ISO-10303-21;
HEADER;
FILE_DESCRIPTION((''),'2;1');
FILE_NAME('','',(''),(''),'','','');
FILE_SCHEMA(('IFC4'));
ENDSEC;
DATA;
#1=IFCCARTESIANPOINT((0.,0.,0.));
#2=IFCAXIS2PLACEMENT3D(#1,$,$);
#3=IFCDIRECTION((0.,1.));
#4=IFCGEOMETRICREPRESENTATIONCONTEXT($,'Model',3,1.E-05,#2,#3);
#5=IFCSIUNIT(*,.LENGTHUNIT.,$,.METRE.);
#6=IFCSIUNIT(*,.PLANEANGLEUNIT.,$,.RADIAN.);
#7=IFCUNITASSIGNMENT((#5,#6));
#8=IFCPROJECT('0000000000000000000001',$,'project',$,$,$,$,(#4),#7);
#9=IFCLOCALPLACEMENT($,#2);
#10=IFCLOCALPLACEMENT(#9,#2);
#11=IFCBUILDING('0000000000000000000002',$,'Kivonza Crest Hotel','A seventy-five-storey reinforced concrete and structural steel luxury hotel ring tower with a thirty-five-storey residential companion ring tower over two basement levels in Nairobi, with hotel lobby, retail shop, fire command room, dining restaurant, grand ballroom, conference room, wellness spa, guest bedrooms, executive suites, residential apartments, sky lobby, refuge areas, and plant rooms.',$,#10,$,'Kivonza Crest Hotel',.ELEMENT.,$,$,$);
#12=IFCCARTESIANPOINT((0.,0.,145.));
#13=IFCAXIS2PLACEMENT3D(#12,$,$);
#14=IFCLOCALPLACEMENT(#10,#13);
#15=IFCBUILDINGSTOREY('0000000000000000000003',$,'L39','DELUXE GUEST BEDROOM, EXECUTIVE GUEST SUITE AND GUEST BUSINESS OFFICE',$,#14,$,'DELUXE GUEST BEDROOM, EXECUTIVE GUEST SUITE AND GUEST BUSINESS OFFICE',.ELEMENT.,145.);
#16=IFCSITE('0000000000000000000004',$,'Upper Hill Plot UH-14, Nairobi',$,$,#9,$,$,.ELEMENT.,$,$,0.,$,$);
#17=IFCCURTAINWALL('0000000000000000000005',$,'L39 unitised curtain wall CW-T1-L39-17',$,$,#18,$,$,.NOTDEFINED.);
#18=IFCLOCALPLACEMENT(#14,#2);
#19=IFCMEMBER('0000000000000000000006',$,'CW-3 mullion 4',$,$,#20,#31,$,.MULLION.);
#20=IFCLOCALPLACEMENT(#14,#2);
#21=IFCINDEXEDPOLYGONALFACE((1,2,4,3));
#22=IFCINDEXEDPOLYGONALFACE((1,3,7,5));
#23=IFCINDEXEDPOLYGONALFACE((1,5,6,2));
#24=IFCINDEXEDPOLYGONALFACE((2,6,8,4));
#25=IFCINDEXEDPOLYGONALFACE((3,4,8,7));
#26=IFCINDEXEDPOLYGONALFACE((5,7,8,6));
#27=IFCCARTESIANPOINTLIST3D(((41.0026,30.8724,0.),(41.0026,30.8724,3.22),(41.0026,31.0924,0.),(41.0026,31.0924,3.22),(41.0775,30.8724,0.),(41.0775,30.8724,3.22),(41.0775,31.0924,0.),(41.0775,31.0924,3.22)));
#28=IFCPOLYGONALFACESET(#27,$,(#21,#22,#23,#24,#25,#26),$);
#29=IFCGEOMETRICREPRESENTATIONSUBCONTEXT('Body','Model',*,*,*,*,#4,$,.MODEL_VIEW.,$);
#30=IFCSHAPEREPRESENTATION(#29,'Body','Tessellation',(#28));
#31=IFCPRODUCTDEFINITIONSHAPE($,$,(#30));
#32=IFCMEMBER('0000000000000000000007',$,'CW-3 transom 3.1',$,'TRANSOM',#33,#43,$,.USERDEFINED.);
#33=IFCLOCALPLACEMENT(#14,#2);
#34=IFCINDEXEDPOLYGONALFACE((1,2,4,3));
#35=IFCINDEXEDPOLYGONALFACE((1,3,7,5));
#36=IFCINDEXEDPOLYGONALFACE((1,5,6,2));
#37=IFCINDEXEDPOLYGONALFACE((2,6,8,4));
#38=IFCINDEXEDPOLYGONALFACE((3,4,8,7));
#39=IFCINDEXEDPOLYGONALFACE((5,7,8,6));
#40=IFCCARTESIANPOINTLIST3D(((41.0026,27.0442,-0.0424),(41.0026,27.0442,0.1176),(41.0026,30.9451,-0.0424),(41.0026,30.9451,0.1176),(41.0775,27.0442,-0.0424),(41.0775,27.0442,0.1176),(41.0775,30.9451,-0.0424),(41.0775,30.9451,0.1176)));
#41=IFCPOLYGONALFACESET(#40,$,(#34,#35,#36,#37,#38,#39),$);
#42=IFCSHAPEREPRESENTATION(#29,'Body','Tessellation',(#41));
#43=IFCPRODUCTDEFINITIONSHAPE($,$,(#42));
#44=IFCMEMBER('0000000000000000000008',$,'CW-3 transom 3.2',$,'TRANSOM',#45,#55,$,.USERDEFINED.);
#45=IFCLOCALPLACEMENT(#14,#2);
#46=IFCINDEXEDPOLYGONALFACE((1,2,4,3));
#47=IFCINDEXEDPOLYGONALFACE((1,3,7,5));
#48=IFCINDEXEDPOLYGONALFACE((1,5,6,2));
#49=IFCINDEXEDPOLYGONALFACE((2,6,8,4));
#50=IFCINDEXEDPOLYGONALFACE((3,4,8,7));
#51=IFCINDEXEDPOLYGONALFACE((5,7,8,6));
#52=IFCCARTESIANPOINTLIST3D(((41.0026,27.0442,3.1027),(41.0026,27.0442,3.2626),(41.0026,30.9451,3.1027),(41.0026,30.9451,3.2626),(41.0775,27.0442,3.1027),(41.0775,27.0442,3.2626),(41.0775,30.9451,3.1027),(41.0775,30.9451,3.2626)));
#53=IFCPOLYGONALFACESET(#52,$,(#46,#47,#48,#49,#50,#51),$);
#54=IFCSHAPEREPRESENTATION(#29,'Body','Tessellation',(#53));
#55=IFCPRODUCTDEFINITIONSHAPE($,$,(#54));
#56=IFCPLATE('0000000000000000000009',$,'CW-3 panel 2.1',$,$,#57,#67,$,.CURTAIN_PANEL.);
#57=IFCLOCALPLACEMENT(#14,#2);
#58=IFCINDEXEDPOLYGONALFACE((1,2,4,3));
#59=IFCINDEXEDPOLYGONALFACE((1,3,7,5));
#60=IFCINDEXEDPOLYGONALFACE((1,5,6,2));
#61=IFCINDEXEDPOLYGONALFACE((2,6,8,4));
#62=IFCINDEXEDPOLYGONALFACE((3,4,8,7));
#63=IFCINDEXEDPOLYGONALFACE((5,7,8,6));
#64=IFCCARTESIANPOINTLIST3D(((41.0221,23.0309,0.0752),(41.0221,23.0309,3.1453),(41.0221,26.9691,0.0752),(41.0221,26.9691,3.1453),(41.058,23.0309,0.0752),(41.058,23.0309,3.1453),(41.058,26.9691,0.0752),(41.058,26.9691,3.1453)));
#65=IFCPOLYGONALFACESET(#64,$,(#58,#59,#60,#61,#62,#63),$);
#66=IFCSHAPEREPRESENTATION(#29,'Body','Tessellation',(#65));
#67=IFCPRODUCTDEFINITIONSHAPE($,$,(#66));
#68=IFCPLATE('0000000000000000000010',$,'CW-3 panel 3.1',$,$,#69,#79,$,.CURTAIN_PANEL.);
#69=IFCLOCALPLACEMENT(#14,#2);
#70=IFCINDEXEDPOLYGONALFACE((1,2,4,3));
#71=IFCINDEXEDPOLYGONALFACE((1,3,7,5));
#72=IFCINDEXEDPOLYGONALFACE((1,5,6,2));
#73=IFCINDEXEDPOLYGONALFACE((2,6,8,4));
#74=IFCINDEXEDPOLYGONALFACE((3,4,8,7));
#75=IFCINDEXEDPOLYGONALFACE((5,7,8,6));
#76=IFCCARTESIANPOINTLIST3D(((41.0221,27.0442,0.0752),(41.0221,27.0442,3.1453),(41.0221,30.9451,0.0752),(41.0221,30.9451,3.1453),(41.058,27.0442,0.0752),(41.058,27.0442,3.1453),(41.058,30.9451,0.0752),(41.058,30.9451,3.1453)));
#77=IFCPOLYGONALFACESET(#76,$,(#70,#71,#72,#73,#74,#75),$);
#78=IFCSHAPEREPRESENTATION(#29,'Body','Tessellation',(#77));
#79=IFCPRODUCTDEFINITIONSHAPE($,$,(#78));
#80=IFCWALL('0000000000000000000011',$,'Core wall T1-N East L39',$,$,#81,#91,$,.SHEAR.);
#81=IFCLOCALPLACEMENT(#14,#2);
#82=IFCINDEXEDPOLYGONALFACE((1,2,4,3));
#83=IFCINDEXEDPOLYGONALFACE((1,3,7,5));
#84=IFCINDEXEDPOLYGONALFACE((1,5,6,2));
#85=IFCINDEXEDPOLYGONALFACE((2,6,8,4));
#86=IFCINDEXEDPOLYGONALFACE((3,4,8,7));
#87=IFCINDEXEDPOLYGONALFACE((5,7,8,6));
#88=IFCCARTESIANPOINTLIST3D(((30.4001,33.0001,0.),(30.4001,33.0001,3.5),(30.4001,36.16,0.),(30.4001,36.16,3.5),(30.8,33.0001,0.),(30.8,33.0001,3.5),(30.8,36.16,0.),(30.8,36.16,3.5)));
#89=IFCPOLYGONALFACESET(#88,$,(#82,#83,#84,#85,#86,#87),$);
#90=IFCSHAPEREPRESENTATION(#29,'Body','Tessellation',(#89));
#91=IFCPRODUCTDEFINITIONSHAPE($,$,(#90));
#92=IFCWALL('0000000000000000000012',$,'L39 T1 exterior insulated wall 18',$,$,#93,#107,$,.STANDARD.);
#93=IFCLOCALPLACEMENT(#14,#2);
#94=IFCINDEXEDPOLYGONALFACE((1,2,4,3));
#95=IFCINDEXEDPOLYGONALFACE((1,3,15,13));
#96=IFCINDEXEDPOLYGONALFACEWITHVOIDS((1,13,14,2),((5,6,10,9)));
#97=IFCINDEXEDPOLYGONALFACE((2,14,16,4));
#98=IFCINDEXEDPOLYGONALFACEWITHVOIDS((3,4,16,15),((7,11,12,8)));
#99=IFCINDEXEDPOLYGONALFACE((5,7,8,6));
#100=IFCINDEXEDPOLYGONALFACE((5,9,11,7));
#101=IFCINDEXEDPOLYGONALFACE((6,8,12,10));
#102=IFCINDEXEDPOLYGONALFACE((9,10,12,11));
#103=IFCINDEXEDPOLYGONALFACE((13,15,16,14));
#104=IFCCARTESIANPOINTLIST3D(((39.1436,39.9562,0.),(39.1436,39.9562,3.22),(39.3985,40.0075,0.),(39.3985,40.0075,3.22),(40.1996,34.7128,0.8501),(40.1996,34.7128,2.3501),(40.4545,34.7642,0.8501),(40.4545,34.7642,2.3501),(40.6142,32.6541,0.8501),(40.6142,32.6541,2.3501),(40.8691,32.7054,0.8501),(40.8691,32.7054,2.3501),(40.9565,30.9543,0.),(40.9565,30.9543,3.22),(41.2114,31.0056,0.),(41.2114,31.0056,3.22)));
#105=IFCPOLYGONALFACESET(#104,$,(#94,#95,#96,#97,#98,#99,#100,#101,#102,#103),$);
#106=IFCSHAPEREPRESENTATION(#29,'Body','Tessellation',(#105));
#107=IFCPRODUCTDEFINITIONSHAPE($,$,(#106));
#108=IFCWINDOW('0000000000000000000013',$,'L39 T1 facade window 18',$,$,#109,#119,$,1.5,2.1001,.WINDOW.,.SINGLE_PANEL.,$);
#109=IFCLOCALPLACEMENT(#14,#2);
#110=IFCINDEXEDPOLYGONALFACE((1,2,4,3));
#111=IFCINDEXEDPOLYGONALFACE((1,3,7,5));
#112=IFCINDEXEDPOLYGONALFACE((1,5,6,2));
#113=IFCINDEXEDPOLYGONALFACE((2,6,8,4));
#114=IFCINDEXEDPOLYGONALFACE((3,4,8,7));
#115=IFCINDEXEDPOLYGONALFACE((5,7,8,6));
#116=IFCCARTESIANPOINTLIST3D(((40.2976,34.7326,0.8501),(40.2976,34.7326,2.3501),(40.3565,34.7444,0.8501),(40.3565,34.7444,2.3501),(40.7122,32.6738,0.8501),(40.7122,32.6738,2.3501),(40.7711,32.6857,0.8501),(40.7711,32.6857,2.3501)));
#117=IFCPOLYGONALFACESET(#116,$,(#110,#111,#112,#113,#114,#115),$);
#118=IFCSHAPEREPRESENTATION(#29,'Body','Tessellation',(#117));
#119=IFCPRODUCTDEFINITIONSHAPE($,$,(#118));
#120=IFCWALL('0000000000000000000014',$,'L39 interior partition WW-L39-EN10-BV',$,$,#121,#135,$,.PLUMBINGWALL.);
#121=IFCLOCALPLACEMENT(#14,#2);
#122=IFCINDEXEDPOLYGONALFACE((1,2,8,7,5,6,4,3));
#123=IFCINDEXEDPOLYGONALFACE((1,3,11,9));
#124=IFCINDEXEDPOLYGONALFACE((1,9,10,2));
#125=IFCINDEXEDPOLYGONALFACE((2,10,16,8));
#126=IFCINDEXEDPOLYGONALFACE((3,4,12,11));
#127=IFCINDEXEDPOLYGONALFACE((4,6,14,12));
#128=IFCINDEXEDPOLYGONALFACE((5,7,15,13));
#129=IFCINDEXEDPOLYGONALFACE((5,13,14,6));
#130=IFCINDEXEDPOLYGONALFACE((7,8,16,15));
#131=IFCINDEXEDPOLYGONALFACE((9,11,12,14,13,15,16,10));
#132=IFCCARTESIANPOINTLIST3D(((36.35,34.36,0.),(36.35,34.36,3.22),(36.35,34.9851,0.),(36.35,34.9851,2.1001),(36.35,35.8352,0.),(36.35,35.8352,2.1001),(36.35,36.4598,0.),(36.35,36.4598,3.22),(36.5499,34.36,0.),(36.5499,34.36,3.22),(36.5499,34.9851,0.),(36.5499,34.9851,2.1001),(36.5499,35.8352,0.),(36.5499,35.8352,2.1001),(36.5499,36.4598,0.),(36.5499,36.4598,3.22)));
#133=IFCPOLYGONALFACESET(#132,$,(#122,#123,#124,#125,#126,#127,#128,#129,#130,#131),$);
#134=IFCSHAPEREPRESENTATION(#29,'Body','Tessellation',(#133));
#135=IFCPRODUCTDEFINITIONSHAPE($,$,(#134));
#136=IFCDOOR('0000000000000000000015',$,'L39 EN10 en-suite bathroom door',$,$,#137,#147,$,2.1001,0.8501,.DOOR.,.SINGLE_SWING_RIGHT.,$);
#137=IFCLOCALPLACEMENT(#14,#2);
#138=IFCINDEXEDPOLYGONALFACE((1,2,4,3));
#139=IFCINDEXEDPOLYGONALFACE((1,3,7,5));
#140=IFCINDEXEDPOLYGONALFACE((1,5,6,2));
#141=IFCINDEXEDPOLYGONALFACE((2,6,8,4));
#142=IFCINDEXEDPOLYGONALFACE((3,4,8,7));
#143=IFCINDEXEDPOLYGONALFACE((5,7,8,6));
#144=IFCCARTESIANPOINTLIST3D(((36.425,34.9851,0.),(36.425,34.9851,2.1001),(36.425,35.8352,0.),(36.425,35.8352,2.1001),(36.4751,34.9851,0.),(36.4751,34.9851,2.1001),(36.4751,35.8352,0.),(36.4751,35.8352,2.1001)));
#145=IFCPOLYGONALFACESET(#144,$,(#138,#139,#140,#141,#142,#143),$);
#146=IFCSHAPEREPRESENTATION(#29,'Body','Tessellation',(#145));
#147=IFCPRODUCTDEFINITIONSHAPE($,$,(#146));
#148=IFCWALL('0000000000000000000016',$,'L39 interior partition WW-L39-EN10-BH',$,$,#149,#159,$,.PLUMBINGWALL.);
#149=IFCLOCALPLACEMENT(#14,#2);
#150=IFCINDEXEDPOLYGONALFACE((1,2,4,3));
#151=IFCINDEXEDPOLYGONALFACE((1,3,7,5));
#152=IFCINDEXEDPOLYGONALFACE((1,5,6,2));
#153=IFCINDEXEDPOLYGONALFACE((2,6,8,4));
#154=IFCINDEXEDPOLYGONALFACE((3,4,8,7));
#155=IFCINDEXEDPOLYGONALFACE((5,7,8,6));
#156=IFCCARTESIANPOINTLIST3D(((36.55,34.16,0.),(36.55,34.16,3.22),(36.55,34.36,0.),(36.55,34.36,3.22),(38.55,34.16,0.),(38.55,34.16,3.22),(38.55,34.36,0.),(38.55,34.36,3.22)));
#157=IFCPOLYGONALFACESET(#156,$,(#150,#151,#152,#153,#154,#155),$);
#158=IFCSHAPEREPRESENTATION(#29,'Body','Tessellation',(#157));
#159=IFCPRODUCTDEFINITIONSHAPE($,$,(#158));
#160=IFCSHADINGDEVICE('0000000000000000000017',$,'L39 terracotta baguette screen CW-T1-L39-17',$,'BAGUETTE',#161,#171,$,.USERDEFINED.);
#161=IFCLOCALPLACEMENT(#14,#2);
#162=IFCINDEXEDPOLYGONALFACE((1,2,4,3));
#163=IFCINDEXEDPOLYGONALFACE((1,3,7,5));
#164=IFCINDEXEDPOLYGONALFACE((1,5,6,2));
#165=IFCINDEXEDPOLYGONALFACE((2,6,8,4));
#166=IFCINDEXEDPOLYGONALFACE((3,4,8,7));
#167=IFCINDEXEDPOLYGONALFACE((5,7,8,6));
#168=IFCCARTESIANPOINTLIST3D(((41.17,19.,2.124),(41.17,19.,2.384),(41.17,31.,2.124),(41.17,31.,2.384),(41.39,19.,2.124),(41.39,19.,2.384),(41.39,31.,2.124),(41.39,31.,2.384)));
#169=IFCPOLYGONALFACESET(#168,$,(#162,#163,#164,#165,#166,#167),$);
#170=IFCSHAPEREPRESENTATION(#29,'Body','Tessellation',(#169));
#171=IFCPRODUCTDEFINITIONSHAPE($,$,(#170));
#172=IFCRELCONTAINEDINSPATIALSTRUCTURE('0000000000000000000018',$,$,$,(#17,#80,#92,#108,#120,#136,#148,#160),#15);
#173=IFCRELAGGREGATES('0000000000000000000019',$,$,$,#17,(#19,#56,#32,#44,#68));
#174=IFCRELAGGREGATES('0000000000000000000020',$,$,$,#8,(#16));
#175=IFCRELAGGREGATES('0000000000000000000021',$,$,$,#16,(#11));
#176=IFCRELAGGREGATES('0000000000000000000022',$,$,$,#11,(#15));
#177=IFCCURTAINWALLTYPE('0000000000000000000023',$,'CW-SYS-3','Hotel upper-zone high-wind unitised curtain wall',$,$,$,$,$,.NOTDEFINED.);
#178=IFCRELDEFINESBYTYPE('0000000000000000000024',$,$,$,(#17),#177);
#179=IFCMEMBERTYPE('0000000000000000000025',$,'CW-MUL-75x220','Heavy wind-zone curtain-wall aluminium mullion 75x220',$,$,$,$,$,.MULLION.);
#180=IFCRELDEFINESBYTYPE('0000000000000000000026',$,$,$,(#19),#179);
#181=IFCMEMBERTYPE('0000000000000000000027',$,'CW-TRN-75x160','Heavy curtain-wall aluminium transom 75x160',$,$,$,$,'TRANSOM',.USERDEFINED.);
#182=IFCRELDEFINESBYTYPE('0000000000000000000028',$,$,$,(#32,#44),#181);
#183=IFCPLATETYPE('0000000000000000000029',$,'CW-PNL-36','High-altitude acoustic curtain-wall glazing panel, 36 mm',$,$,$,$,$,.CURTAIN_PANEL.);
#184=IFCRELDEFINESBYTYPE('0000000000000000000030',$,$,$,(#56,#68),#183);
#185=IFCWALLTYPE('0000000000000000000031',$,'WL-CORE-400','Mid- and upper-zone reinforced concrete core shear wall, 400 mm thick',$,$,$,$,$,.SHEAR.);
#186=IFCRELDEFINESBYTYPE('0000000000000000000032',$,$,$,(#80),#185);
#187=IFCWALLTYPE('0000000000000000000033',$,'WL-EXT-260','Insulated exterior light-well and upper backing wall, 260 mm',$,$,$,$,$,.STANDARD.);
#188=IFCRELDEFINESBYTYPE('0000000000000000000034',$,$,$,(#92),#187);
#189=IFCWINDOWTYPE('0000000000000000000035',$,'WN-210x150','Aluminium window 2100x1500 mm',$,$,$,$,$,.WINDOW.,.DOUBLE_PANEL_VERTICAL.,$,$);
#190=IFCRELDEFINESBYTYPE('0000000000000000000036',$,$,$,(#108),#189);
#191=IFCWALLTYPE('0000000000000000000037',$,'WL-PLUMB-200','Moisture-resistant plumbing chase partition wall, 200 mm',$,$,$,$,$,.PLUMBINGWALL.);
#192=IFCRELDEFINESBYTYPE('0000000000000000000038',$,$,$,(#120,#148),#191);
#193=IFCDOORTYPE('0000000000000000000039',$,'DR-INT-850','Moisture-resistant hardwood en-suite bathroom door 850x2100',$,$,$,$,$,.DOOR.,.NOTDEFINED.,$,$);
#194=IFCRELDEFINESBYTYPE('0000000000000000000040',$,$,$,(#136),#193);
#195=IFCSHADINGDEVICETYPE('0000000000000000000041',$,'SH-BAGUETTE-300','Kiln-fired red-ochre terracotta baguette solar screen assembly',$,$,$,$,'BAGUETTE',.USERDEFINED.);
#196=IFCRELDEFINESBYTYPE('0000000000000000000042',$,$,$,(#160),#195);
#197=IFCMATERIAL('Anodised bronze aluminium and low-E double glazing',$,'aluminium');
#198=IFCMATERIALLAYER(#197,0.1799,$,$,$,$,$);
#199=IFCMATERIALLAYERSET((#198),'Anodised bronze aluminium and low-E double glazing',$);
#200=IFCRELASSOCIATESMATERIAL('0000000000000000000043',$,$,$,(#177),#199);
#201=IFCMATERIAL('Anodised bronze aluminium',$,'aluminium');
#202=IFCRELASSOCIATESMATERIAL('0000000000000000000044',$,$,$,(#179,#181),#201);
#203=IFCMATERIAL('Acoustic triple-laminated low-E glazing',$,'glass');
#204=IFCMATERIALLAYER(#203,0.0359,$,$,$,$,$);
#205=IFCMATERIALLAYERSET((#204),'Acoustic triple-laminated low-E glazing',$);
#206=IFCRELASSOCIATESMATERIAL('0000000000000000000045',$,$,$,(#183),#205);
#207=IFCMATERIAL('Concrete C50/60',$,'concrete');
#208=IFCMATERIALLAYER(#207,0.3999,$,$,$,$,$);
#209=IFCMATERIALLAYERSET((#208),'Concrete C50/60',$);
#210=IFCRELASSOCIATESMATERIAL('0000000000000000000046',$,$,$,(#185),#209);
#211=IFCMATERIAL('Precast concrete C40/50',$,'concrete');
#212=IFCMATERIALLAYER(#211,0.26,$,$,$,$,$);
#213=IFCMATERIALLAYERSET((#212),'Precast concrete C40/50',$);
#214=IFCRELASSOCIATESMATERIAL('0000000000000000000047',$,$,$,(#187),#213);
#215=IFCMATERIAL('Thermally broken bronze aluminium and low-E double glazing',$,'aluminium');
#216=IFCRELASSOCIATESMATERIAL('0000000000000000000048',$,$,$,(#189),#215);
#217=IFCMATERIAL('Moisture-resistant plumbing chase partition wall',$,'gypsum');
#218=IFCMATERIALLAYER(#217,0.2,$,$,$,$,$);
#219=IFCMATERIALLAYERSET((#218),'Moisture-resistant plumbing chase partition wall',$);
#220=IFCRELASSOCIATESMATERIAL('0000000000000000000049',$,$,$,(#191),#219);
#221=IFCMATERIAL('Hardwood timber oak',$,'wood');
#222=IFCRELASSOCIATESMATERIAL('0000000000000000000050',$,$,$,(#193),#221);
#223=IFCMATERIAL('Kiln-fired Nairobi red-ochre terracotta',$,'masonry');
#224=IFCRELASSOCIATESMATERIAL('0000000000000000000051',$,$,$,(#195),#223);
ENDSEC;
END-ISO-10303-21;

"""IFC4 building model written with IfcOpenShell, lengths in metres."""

from ifc_helpers import new_model, si_unit, direction, frame, frame_2d, origin, origin_2d, place, context, subcontext, project, spatial, rectangle, extrude, material, layer, layer_set, material_profile, profile_set, type_object, element, fill, aggregate, save


model = new_model("IFC4")

# Units and contexts
model_context = context("Model", 3, precision=1e-05, world=origin(), true_north=direction((0.0, 1.0)))
body_context = subcontext(model_context, "Body", "Model", "MODEL_VIEW")
ifc_project = project(units=[si_unit("LENGTHUNIT", "METRE"), si_unit("PLANEANGLEUNIT", "RADIAN")], contexts=[model_context])

# Site, building, storey
site_placement = place(None, origin())
site = spatial("IfcSite", under=ifc_project, at=site_placement, Name="Upper Hill Plot UH-14, Nairobi", CompositionType="ELEMENT", RefElevation=0.0)
building_placement = place(site_placement, origin())
building = spatial("IfcBuilding", under=site, at=building_placement, Name="Kivonza Crest Hotel", Description="A seventy-five-storey reinforced concrete and structural steel luxury hotel ring tower with a thirty-five-storey residential companion ring tower over two basement levels in Nairobi, with hotel lobby, retail shop, fire command room, dining restaurant, grand ballroom, conference room, wellness spa, guest bedrooms, executive suites, residential apartments, sky lobby, refuge areas, and plant rooms.", LongName="Kivonza Crest Hotel", CompositionType="ELEMENT")
storey_placement = place(building_placement, frame((0.0, 0.0, 145.0)))
storey = spatial("IfcBuildingStorey", under=building, at=storey_placement, Name="L39", Description="DELUXE GUEST BEDROOM, EXECUTIVE GUEST SUITE AND GUEST BUSINESS OFFICE", LongName="DELUXE GUEST BEDROOM, EXECUTIVE GUEST SUITE AND GUEST BUSINESS OFFICE", CompositionType="ELEMENT", Elevation=145.0)

# Shared definitions
ifc_material_1 = material(Name="Concrete C50/60", Category="concrete")

# Curtain wall, members, plates
ifc_material_2 = material(Name="Anodised bronze aluminium and low-E double glazing", Category="aluminium")
ifc_layer_1 = layer(ifc_material_2, 0.1799)
ifc_layer_set_1 = layer_set([ifc_layer_1], Name="Anodised bronze aluminium and low-E double glazing")
curtain_wall_type = type_object("IfcCurtainWallType", Name="CW-SYS-3", Description="Hotel upper-zone high-wind unitised curtain wall", PredefinedType="NOTDEFINED", material=ifc_layer_set_1)
curtain_wall_placement = place(storey_placement, origin())
curtain_wall = element("IfcCurtainWall", 1, at=curtain_wall_placement, inside=storey, type_object=curtain_wall_type, Name="L39 unitised curtain wall CW-T1-L39-17", PredefinedType="NOTDEFINED")
ifc_material_3 = material(Name="Anodised bronze aluminium", Category="aluminium")
ifc_material_profile_1 = material_profile(ifc_material_3, rectangle(XDim=0.075, YDim=0.22, at=origin_2d()), Name="CW-M 75x220")
ifc_profile_set_1 = profile_set([ifc_material_profile_1], Name="Anodised bronze aluminium")
member_type_1 = type_object("IfcMemberType", Name="CW-MUL-75x220", Description="Heavy wind-zone curtain-wall aluminium mullion 75x220", PredefinedType="MULLION", material=ifc_profile_set_1)
member_1_placement = place(storey_placement, frame((41.04, 30.9824, 0.0), z_axis=(0.0, 0.0, 1.0), x_axis=(-1.0, 0.0, 0.0)))
member_1 = element("IfcMember", 2, at=member_1_placement, type_object=member_type_1, Name="CW-3 mullion 4", PredefinedType="MULLION", context=body_context, shape_type="SweptSolid", body=[
    extrude(rectangle(XDim=0.075, YDim=0.22, at=origin_2d()), origin(), (0.0, 0.0, 1.0), 3.22),
])
ifc_material_profile_2 = material_profile(ifc_material_3, rectangle(XDim=0.075, YDim=0.1599, at=origin_2d()), Name="CW-T 75x160")
ifc_profile_set_2 = profile_set([ifc_material_profile_2], Name="Anodised bronze aluminium")
member_type_2 = type_object("IfcMemberType", Name="CW-TRN-75x160", Description="Heavy curtain-wall aluminium transom 75x160", ElementType="TRANSOM", PredefinedType="USERDEFINED", material=ifc_profile_set_2)
member_2_placement = place(storey_placement, frame((41.04, 27.0442, 0.0376), z_axis=(0.0, 1.0, 0.0), x_axis=(-1.0, 0.0, 0.0)))
member_2 = element("IfcMember", 3, at=member_2_placement, type_object=member_type_2, Name="CW-3 transom 3.1", ObjectType="TRANSOM", PredefinedType="USERDEFINED", context=body_context, shape_type="SweptSolid", body=[
    extrude(rectangle(XDim=0.075, YDim=0.1599, at=origin_2d()), origin(), (0.0, 0.0, 1.0), 3.9009),
])
member_3_placement = place(storey_placement, frame((41.04, 27.0442, 3.1826), z_axis=(0.0, 1.0, 0.0), x_axis=(-1.0, 0.0, 0.0)))
member_3 = element("IfcMember", 4, at=member_3_placement, type_object=member_type_2, Name="CW-3 transom 3.2", ObjectType="TRANSOM", PredefinedType="USERDEFINED", context=body_context, shape_type="SweptSolid", body=[
    extrude(rectangle(XDim=0.075, YDim=0.1599, at=origin_2d()), origin(), (0.0, 0.0, 1.0), 3.9009),
])
ifc_material_4 = material(Name="Acoustic triple-laminated low-E glazing", Category="glass")
ifc_layer_2 = layer(ifc_material_4, 0.0359)
ifc_layer_set_2 = layer_set([ifc_layer_2], Name="Acoustic triple-laminated low-E glazing")
plate_type = type_object("IfcPlateType", Name="CW-PNL-36", Description="High-altitude acoustic curtain-wall glazing panel, 36 mm", PredefinedType="CURTAIN_PANEL", material=ifc_layer_set_2)
plate_1_placement = place(storey_placement, frame((41.04, 25.0, 0.0752), z_axis=(0.0, 0.0, 1.0), x_axis=(0.0, 1.0, 0.0)))
plate_1 = element("IfcPlate", 5, at=plate_1_placement, type_object=plate_type, Name="CW-3 panel 2.1", PredefinedType="CURTAIN_PANEL", context=body_context, shape_type="SweptSolid", body=[
    extrude(rectangle(XDim=3.9382, YDim=0.0359, at=origin_2d()), origin(), (0.0, 0.0, 1.0), 3.0701),
])
plate_2_placement = place(storey_placement, frame((41.04, 28.9946, 0.0752), z_axis=(0.0, 0.0, 1.0), x_axis=(0.0, 1.0, 0.0)))
plate_2 = element("IfcPlate", 6, at=plate_2_placement, type_object=plate_type, Name="CW-3 panel 3.1", PredefinedType="CURTAIN_PANEL", context=body_context, shape_type="SweptSolid", body=[
    extrude(rectangle(XDim=3.9009, YDim=0.0359, at=origin_2d()), origin(), (0.0, 0.0, 1.0), 3.0701),
])
aggregate(curtain_wall, [member_1, plate_1, member_2, member_3, plate_2])

# Wall
ifc_layer_3 = layer(ifc_material_1, 0.3999)
ifc_layer_set_3 = layer_set([ifc_layer_3], Name="Concrete C50/60")
wall_type_1 = type_object("IfcWallType", Name="WL-CORE-400", Description="Mid- and upper-zone reinforced concrete core shear wall, 400 mm thick", PredefinedType="SHEAR", material=ifc_layer_set_3)
wall_1_placement = place(storey_placement, frame((30.6001, 33.0, 0.0), z_axis=(0.0, 0.0, 1.0), x_axis=(0.0, 1.0, 0.0)))
element("IfcWall", 7, at=wall_1_placement, inside=storey, type_object=wall_type_1, Name="Core wall T1-N East L39", PredefinedType="SHEAR", context=body_context, shape_type="SweptSolid", body=[
    extrude(rectangle(XDim=3.1599, YDim=0.3999, at=frame_2d((1.5801, 0.0))), origin(), (0.0, 0.0, 1.0), 3.5),
])

# Wall, opening, window
ifc_material_5 = material(Name="Precast concrete C40/50", Category="concrete")
ifc_layer_4 = layer(ifc_material_5, 0.26)
ifc_layer_set_4 = layer_set([ifc_layer_4], Name="Precast concrete C40/50")
wall_type_2 = type_object("IfcWallType", Name="WL-EXT-260", Description="Insulated exterior light-well and upper backing wall, 260 mm", PredefinedType="STANDARD", material=ifc_layer_set_4)
wall_2_placement = place(storey_placement, frame((41.084, 30.98, 0.0), z_axis=(0.0, 0.0, 1.0), x_axis=(-0.197435, 0.980316, 0.0)))
wall_2 = element("IfcWall", 8, at=wall_2_placement, inside=storey, type_object=wall_type_2, Name="L39 T1 exterior insulated wall 18", PredefinedType="STANDARD", context=body_context, shape_type="SweptSolid", body=[
    extrude(rectangle(XDim=9.1826, YDim=0.26, at=frame_2d((4.5913, 0.0))), origin(), (0.0, 0.0, 1.0), 3.22),
])
opening_1_placement = place(wall_2_placement, frame((1.7339, 0.0, 0.8501)))
opening_1 = element("IfcOpeningElement", 9, at=opening_1_placement, cuts=wall_2, PredefinedType="OPENING", context=body_context, shape_type="SweptSolid", body=[
    extrude(rectangle(XDim=2.1001, YDim=1.5, at=frame_2d((1.05, 0.75))), frame((0.0, 0.1401, 0.0), z_axis=(0.0, -1.0, 0.0), x_axis=(1.0, 0.0, 0.0)), (0.0, 0.0, 1.0), 0.28),
])
ifc_material_6 = material(Name="Thermally broken bronze aluminium and low-E double glazing", Category="aluminium")
window_type = type_object("IfcWindowType", Name="WN-210x150", Description="Aluminium window 2100x1500 mm", PartitioningType="DOUBLE_PANEL_VERTICAL", PredefinedType="WINDOW", material=ifc_material_6)
window_placement = place(opening_1_placement, origin())
window = element("IfcWindow", 10, at=window_placement, inside=storey, type_object=window_type, Name="L39 T1 facade window 18", OverallHeight=1.5, OverallWidth=2.1001, PartitioningType="SINGLE_PANEL", PredefinedType="WINDOW", context=body_context, shape_type="SweptSolid", body=[
    extrude(rectangle(XDim=2.1001, YDim=1.5, at=frame_2d((1.05, 0.75))), frame((0.0, 0.03, 0.0), z_axis=(0.0, -1.0, 0.0), x_axis=(1.0, 0.0, 0.0)), (0.0, 0.0, 1.0), 0.0601),
])
fill(opening_1, window)

# Wall, opening, door
ifc_material_7 = material(Name="Moisture-resistant plumbing chase partition wall", Category="gypsum")
ifc_layer_5 = layer(ifc_material_7, 0.2)
ifc_layer_set_5 = layer_set([ifc_layer_5], Name="Moisture-resistant plumbing chase partition wall")
wall_type_3 = type_object("IfcWallType", Name="WL-PLUMB-200", Description="Moisture-resistant plumbing chase partition wall, 200 mm", PredefinedType="PLUMBINGWALL", material=ifc_layer_set_5)
wall_3_placement = place(storey_placement, frame((36.45, 34.3601, 0.0), z_axis=(0.0, 0.0, 1.0), x_axis=(0.0, 1.0, 0.0)))
wall_3 = element("IfcWall", 11, at=wall_3_placement, inside=storey, type_object=wall_type_3, Name="L39 interior partition WW-L39-EN10-BV", PredefinedType="PLUMBINGWALL", context=body_context, shape_type="SweptSolid", body=[
    extrude(rectangle(XDim=2.0999, YDim=0.2, at=frame_2d((1.0498, 0.0))), origin(), (0.0, 0.0, 1.0), 3.22),
])
opening_2_placement = place(wall_3_placement, frame((0.625, 0.0, 0.0)))
opening_2 = element("IfcOpeningElement", 12, at=opening_2_placement, cuts=wall_3, PredefinedType="OPENING", context=body_context, shape_type="SweptSolid", body=[
    extrude(rectangle(XDim=0.8501, YDim=2.1001, at=frame_2d((0.425, 1.05))), frame((0.0, 0.1099, 0.0), z_axis=(0.0, -1.0, 0.0), x_axis=(1.0, 0.0, 0.0)), (0.0, 0.0, 1.0), 0.22),
])
ifc_material_8 = material(Name="Hardwood timber oak", Category="wood")
door_type = type_object("IfcDoorType", Name="DR-INT-850", Description="Moisture-resistant hardwood en-suite bathroom door 850x2100", OperationType="NOTDEFINED", PredefinedType="DOOR", material=ifc_material_8)
door_placement = place(opening_2_placement, origin())
door = element("IfcDoor", 13, at=door_placement, inside=storey, type_object=door_type, Name="L39 EN10 en-suite bathroom door", OperationType="SINGLE_SWING_RIGHT", OverallHeight=2.1001, OverallWidth=0.8501, PredefinedType="DOOR", context=body_context, shape_type="SweptSolid", body=[
    extrude(rectangle(XDim=0.8501, YDim=2.1001, at=frame_2d((0.425, 1.05))), frame((0.0, 0.0249, 0.0), z_axis=(0.0, -1.0, 0.0), x_axis=(1.0, 0.0, 0.0)), (0.0, 0.0, 1.0), 0.05),
])
fill(opening_2, door)

# Wall
wall_4_placement = place(storey_placement, frame((36.55, 34.26, 0.0), z_axis=(0.0, 0.0, 1.0), x_axis=(1.0, 0.0, 0.0)))
element("IfcWall", 14, at=wall_4_placement, inside=storey, type_object=wall_type_3, Name="L39 interior partition WW-L39-EN10-BH", PredefinedType="PLUMBINGWALL", context=body_context, shape_type="SweptSolid", body=[
    extrude(rectangle(XDim=2.0, YDim=0.2, at=frame_2d((1.0, 0.0))), origin(), (0.0, 0.0, 1.0), 3.22),
])

# Shading device
ifc_material_9 = material(Name="Kiln-fired Nairobi red-ochre terracotta", Category="masonry")
shading_device_type_1 = type_object("IfcShadingDeviceType", Name="SH-BAGUETTE-300", Description="Kiln-fired red-ochre terracotta baguette solar screen assembly", ElementType="BAGUETTE", PredefinedType="USERDEFINED", material=ifc_material_9)
shading_device_1_placement = place(storey_placement, frame((41.28, 25.0, 2.124), z_axis=(0.0, 0.0, 1.0), x_axis=(0.0, 1.0, 0.0)))
element("IfcShadingDevice", 15, at=shading_device_1_placement, inside=storey, type_object=shading_device_type_1, Name="L39 terracotta baguette screen CW-T1-L39-17", ObjectType="BAGUETTE", PredefinedType="USERDEFINED", context=body_context, shape_type="SweptSolid", body=[
    extrude(rectangle(XDim=12.0, YDim=0.22, at=origin_2d()), origin(), (0.0, 0.0, 1.0), 0.26),
])

save(model, "model.ifc")
